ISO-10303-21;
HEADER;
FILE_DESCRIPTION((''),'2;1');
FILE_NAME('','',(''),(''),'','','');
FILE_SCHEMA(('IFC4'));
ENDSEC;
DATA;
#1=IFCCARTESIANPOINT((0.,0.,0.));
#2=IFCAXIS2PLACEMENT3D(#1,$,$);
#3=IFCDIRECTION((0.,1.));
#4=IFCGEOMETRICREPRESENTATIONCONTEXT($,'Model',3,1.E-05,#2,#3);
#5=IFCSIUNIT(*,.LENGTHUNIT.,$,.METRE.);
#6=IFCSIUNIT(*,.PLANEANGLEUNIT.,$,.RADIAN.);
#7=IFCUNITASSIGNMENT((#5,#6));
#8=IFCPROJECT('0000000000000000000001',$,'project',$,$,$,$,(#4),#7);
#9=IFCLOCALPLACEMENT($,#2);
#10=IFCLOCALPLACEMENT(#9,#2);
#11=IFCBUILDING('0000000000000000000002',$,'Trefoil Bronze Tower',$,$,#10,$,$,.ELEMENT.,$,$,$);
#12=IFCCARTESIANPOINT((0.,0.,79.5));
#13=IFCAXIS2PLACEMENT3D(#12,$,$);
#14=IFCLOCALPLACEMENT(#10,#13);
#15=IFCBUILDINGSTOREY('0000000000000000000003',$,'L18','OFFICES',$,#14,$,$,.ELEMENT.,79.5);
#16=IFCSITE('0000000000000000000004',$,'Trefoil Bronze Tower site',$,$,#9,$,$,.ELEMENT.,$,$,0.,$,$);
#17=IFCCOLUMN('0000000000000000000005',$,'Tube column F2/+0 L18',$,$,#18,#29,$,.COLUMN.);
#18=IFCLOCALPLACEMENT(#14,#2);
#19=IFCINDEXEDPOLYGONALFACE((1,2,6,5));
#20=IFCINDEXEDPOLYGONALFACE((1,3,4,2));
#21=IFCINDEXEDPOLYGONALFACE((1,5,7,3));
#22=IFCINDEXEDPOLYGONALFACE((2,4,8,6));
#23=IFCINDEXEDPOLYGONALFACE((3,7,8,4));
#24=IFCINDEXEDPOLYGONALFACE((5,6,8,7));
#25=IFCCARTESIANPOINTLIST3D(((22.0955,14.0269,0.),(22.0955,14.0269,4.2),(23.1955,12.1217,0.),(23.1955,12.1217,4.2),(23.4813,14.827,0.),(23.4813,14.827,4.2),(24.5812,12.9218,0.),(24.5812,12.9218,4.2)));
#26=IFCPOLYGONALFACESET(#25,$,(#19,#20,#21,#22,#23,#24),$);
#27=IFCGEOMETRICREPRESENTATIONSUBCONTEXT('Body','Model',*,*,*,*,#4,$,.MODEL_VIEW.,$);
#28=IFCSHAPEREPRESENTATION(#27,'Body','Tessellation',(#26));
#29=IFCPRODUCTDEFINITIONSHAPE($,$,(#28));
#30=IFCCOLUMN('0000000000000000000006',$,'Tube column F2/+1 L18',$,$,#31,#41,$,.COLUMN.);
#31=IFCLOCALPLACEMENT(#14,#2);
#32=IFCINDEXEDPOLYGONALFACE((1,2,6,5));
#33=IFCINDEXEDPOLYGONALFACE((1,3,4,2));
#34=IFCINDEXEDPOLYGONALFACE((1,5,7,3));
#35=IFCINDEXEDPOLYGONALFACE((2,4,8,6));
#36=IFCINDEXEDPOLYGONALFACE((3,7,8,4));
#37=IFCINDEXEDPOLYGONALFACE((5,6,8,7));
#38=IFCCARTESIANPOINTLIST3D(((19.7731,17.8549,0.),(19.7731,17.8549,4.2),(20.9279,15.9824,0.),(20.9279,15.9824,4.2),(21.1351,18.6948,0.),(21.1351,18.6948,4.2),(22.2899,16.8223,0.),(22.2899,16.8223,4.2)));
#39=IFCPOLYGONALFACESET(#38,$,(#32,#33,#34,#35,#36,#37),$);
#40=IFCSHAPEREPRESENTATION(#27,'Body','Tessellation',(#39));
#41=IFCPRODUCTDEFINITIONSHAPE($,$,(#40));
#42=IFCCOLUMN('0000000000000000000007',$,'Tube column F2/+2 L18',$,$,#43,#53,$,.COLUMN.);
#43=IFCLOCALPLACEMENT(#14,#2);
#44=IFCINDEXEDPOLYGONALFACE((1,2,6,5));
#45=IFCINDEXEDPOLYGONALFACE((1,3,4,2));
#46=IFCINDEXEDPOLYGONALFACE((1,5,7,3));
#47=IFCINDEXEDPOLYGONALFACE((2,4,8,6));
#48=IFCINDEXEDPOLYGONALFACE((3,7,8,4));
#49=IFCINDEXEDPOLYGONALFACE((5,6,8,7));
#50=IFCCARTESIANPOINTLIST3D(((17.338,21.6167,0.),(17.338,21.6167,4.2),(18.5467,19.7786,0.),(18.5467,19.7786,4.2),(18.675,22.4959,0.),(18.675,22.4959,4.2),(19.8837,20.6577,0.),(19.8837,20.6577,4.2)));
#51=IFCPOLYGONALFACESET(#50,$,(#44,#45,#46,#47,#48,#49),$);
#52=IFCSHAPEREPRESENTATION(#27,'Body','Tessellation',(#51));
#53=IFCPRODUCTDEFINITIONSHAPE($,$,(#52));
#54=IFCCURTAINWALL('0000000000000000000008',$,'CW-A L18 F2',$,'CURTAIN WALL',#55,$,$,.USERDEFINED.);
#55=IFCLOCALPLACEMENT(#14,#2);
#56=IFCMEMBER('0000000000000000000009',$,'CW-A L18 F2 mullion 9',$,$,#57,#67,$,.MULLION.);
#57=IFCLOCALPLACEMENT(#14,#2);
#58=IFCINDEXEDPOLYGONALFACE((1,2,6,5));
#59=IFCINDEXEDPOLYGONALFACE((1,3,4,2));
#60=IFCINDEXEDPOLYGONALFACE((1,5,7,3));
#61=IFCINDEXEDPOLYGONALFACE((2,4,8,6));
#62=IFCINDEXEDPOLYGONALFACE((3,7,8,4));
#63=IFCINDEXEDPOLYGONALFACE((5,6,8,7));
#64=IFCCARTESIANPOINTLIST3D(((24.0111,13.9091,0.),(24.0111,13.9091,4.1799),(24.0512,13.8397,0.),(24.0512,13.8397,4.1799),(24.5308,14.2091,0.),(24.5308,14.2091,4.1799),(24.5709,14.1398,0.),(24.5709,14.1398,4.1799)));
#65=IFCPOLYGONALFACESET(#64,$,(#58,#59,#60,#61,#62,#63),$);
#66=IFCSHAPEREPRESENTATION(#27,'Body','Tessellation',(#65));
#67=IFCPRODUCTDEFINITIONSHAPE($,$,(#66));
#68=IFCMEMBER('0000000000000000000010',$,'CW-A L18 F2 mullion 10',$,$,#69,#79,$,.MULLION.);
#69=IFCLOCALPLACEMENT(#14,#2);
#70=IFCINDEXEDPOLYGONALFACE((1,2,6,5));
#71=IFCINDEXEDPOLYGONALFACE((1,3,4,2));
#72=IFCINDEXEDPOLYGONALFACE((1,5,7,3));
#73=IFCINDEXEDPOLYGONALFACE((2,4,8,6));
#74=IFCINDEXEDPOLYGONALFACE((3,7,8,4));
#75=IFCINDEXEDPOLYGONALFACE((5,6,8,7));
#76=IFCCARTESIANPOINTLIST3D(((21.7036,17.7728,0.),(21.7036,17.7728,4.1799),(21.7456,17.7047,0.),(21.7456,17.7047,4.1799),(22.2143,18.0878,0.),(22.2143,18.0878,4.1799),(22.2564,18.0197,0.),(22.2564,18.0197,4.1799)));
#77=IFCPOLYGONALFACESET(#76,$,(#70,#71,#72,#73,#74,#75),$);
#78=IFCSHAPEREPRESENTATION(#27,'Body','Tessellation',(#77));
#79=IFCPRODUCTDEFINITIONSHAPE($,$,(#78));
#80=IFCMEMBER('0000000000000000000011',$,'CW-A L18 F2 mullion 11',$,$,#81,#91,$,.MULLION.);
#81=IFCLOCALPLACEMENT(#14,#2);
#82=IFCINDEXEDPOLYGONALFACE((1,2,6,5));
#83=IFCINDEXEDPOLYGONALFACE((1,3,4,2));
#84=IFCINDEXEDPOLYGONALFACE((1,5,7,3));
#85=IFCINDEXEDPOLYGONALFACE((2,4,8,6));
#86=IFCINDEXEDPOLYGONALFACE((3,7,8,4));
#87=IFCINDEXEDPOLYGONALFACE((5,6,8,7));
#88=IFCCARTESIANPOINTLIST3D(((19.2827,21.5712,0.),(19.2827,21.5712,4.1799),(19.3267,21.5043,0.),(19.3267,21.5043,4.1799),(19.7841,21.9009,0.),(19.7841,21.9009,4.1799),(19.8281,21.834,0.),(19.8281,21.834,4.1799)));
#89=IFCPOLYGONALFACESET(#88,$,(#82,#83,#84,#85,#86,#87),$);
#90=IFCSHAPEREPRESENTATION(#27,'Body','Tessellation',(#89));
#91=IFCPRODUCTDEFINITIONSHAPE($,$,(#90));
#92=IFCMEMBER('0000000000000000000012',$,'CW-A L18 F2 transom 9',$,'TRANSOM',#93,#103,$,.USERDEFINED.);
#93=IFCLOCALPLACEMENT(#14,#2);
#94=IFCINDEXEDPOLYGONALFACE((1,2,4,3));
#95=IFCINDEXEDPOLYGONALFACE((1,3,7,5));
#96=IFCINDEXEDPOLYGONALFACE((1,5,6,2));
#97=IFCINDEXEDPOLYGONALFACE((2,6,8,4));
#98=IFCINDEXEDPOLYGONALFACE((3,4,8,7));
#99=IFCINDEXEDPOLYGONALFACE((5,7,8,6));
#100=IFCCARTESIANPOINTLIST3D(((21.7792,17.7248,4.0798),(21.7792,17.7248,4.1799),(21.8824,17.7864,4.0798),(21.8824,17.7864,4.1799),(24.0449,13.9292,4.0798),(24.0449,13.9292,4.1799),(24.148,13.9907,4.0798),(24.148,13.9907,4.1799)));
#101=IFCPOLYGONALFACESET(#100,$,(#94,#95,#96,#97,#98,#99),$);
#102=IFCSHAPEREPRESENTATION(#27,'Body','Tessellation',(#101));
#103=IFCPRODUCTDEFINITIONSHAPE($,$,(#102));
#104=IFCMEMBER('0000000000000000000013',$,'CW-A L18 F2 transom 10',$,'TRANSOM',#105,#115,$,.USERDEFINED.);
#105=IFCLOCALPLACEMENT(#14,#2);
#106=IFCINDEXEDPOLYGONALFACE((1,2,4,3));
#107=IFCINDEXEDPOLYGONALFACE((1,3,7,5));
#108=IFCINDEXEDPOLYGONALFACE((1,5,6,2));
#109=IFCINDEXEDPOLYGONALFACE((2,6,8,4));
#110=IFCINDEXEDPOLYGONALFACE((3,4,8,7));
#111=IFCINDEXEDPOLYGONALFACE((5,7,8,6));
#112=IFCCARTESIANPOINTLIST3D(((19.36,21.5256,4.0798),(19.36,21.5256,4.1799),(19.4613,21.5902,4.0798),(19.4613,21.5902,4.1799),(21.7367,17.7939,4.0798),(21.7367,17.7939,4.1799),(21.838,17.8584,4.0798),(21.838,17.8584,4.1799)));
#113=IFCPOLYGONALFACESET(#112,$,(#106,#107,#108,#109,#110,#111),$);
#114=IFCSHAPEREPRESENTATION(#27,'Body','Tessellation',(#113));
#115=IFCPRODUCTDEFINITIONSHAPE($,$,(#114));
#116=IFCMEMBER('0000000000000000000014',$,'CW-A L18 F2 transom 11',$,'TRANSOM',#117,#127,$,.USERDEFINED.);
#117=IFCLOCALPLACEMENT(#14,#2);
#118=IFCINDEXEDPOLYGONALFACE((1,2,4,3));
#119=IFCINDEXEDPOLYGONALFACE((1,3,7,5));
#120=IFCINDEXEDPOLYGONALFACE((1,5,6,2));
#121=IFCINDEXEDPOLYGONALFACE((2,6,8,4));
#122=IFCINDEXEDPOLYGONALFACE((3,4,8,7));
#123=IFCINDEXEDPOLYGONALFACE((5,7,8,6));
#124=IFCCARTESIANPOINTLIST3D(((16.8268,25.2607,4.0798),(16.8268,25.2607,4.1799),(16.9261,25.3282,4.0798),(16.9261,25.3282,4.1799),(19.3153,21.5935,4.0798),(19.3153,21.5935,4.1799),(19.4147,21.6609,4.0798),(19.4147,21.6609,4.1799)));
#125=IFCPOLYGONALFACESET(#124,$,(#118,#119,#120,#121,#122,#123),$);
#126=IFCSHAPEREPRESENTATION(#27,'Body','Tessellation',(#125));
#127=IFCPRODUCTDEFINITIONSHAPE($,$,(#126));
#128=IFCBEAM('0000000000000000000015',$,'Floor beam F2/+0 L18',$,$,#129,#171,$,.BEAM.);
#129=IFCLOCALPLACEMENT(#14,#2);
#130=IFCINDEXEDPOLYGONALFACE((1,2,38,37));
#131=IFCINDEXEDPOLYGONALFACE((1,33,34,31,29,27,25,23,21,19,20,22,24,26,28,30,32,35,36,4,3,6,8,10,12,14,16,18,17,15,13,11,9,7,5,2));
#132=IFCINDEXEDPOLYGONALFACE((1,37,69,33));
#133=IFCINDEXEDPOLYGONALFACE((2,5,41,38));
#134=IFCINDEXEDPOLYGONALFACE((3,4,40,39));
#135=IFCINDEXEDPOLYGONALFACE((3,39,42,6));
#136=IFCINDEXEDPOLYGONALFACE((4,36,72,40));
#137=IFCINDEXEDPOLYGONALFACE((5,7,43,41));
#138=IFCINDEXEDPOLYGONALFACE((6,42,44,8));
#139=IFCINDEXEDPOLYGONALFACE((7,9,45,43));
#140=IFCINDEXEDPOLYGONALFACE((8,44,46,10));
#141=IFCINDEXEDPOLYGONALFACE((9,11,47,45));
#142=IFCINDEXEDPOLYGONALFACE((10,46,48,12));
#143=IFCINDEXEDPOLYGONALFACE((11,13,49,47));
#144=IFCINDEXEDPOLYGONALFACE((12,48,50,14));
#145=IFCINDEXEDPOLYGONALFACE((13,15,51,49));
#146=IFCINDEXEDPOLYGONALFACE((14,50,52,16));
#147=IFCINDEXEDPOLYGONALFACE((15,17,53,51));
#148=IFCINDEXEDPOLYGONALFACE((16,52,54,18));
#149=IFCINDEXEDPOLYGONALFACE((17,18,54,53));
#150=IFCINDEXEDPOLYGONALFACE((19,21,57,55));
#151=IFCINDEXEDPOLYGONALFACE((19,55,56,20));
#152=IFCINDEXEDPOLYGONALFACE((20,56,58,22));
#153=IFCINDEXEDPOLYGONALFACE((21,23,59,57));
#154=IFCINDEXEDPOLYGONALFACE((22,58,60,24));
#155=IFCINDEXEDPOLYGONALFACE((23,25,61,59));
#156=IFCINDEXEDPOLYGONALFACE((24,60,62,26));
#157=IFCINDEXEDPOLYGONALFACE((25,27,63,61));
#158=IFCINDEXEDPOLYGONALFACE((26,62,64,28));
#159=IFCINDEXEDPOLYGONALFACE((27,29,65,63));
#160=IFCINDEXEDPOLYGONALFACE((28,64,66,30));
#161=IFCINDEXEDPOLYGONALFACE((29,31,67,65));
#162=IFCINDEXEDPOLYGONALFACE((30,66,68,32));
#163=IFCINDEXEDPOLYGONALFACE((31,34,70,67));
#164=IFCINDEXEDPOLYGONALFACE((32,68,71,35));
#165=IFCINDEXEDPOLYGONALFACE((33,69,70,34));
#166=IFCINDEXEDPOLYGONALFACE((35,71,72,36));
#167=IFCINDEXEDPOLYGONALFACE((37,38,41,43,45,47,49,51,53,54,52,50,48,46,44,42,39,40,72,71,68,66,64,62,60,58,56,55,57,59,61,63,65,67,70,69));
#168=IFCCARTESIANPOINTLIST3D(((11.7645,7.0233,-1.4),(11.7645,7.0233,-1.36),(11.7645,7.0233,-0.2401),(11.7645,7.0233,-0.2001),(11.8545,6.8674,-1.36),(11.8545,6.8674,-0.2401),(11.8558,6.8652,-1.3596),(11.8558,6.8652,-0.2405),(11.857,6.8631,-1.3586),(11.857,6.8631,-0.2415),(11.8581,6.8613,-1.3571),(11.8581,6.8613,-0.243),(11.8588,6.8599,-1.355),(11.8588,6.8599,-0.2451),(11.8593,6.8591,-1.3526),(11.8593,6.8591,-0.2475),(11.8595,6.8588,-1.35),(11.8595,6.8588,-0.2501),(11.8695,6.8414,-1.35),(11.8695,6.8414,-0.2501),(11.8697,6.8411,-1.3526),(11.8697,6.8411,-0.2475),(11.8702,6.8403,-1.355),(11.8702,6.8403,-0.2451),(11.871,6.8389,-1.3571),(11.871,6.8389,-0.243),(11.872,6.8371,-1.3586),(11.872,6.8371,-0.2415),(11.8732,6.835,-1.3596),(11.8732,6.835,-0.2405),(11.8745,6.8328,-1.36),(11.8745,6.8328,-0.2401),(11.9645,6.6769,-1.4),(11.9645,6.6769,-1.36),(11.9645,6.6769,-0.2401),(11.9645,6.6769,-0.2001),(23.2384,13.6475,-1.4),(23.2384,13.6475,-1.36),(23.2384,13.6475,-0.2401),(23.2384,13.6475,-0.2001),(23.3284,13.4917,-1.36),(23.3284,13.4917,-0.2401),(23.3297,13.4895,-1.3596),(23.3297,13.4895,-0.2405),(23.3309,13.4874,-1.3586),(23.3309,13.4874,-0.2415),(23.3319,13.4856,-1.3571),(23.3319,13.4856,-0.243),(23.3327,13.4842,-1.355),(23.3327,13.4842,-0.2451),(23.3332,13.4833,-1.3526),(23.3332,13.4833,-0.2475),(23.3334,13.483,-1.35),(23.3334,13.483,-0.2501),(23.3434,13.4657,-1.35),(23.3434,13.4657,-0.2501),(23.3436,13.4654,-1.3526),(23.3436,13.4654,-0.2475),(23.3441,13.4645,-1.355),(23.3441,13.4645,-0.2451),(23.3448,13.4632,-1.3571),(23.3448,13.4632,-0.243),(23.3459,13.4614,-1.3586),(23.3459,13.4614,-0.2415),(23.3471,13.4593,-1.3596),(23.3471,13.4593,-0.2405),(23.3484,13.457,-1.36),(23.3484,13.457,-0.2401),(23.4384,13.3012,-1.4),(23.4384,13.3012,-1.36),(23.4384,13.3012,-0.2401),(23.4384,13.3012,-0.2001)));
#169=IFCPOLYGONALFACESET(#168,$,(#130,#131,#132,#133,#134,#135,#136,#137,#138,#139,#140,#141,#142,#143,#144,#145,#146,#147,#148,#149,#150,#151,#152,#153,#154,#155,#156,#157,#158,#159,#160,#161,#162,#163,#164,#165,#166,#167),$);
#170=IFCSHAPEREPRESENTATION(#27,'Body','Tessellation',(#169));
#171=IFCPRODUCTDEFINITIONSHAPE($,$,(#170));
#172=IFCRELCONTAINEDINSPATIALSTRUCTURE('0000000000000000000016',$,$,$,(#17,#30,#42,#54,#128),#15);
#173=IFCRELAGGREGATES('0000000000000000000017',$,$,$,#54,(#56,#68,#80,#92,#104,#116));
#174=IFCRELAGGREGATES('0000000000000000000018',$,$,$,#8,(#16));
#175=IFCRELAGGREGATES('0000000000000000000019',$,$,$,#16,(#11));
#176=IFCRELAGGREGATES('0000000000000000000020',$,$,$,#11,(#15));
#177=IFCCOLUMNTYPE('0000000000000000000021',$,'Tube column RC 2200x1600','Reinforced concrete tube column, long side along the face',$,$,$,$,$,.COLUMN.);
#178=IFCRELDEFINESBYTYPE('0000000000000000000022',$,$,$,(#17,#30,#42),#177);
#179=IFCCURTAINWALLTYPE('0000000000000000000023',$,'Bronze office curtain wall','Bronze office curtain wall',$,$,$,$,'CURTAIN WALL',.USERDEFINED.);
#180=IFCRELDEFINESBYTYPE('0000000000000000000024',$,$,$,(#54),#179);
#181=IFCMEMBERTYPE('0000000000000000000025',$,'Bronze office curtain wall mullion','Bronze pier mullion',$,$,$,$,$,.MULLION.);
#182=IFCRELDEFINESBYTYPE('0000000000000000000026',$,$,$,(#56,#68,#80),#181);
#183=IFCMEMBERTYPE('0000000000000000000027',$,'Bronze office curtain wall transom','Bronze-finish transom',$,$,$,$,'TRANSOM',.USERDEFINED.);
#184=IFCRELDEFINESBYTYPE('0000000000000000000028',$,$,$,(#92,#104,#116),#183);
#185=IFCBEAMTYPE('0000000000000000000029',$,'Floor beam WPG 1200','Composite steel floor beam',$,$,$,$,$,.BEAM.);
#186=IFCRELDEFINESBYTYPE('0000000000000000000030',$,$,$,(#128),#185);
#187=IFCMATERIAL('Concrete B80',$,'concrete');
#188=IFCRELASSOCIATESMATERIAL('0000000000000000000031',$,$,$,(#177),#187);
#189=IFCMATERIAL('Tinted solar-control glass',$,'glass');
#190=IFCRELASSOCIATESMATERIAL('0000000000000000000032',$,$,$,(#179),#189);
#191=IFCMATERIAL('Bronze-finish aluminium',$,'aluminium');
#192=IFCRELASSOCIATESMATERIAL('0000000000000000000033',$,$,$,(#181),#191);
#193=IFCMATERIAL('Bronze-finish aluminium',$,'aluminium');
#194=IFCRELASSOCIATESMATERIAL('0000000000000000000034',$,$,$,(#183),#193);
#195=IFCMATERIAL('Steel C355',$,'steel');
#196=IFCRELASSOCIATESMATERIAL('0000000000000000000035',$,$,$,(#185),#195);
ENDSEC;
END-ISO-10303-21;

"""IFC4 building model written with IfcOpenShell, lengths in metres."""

from ifc_helpers import new_model, si_unit, direction, frame, origin, origin_2d, place, context, subcontext, project, spatial, rectangle, i_section, extrude, material, material_profile, profile_set, type_object, element, aggregate, save


model = new_model("IFC4")

# Units and contexts
model_context = context("Model", 3, precision=1e-05, world=origin(), true_north=direction((0.0, 1.0)))
body_context = subcontext(model_context, "Body", "Model", "MODEL_VIEW")
ifc_project = project(units=[si_unit("LENGTHUNIT", "METRE"), si_unit("PLANEANGLEUNIT", "RADIAN")], contexts=[model_context])

# Site, building, storey
site_placement = place(None, origin())
site = spatial("IfcSite", under=ifc_project, at=site_placement, Name="Trefoil Bronze Tower site", CompositionType="ELEMENT", RefElevation=0.0)
building_placement = place(site_placement, origin())
building = spatial("IfcBuilding", under=site, at=building_placement, Name="Trefoil Bronze Tower", CompositionType="ELEMENT")
storey_placement = place(building_placement, frame((0.0, 0.0, 79.5)))
storey = spatial("IfcBuildingStorey", under=building, at=storey_placement, Name="L18", Description="OFFICES", CompositionType="ELEMENT", Elevation=79.5)

# Columns
ifc_material_1 = material(Name="Concrete B80", Category="concrete")
ifc_material_profile_1 = material_profile(ifc_material_1, rectangle(XDim=2.2, YDim=1.6001, at=origin_2d()), Name="RC 2200x1600")
ifc_profile_set_1 = profile_set([ifc_material_profile_1], Name="Concrete B80")
column_type = type_object("IfcColumnType", Name="Tube column RC 2200x1600", Description="Reinforced concrete tube column, long side along the face", PredefinedType="COLUMN", material=ifc_profile_set_1)
for number, where, z_axis, x_axis, name in (
    (1, (23.3384, 13.4744, 0.0), (0.0, 0.0, 1.0), (-0.5, 0.866025, 0.0), "Tube column F2/+0 L18"),
    (2, (21.0315, 17.3386, 0.0), (0.0, 0.0, 1.0), (-0.524923, 0.85115, 0.0), "Tube column F2/+1 L18"),
    (3, (18.6108, 21.1372, 0.0), (0.0, 0.0, 1.0), (-0.549424, 0.835544, 0.0), "Tube column F2/+2 L18"),
):
    element("IfcColumn", number, at=place(storey_placement, frame(where, z_axis=z_axis, x_axis=x_axis)), inside=storey, type_object=column_type, Name=name, PredefinedType="COLUMN", context=body_context, shape_type="SweptSolid", body=[
        extrude(rectangle(XDim=2.2, YDim=1.6001, at=origin_2d()), origin(), (0.0, 0.0, 1.0), 4.2),
    ])

# Curtain wall, members
ifc_material_2 = material(Name="Tinted solar-control glass", Category="glass")
curtain_wall_type = type_object("IfcCurtainWallType", Name="Bronze office curtain wall", Description="Bronze office curtain wall", ElementType="CURTAIN WALL", PredefinedType="USERDEFINED", material=ifc_material_2)
curtain_wall_placement = place(storey_placement, origin())
curtain_wall = element("IfcCurtainWall", 4, at=curtain_wall_placement, inside=storey, type_object=curtain_wall_type, Name="CW-A L18 F2", ObjectType="CURTAIN WALL", PredefinedType="USERDEFINED")
ifc_material_3 = material(Name="Bronze-finish aluminium", Category="aluminium")
ifc_material_profile_2 = material_profile(ifc_material_3, rectangle(XDim=0.6001, YDim=0.0801, at=origin_2d()), Name="CW-A mullion")
ifc_profile_set_2 = profile_set([ifc_material_profile_2], Name="Bronze-finish aluminium")
member_type_1 = type_object("IfcMemberType", Name="Bronze office curtain wall mullion", Description="Bronze pier mullion", PredefinedType="MULLION", material=ifc_profile_set_2)
member_1_placement = place(storey_placement, frame((24.291, 14.0244, 0.0), z_axis=(0.0, 0.0, 1.0), x_axis=(-0.866025, -0.5, 0.0)))
member_1 = element("IfcMember", 5, at=member_1_placement, type_object=member_type_1, Name="CW-A L18 F2 mullion 9", PredefinedType="MULLION", context=body_context, shape_type="SweptSolid", body=[
    extrude(rectangle(XDim=0.6001, YDim=0.0801, at=origin_2d()), origin(), (0.0, 0.0, 1.0), 4.1799),
])
member_2_placement = place(storey_placement, frame((21.98, 17.8962, 0.0), z_axis=(0.0, 0.0, 1.0), x_axis=(-0.85115, -0.524923, 0.0)))
member_2 = element("IfcMember", 6, at=member_2_placement, type_object=member_type_1, Name="CW-A L18 F2 mullion 10", PredefinedType="MULLION", context=body_context, shape_type="SweptSolid", body=[
    extrude(rectangle(XDim=0.6001, YDim=0.0801, at=origin_2d()), origin(), (0.0, 0.0, 1.0), 4.1799),
])
member_3_placement = place(storey_placement, frame((19.5554, 21.7026, 0.0), z_axis=(0.0, 0.0, 1.0), x_axis=(-0.835544, -0.549424, 0.0)))
member_3 = element("IfcMember", 7, at=member_3_placement, type_object=member_type_1, Name="CW-A L18 F2 mullion 11", PredefinedType="MULLION", context=body_context, shape_type="SweptSolid", body=[
    extrude(rectangle(XDim=0.6001, YDim=0.0801, at=origin_2d()), origin(), (0.0, 0.0, 1.0), 4.1799),
])
ifc_material_4 = material(Name="Bronze-finish aluminium", Category="aluminium")
ifc_material_profile_3 = material_profile(ifc_material_4, rectangle(XDim=0.1201, YDim=0.1001, at=origin_2d()), Name="CW-A transom")
ifc_profile_set_3 = profile_set([ifc_material_profile_3], Name="Bronze-finish aluminium")
member_type_2 = type_object("IfcMemberType", Name="Bronze office curtain wall transom", Description="Bronze-finish transom", ElementType="TRANSOM", PredefinedType="USERDEFINED", material=ifc_profile_set_3)
member_4_placement = place(storey_placement, frame((24.0964, 13.96, 4.1299), z_axis=(-0.512537, 0.858665, 0.0), x_axis=(-0.858665, -0.512537, 0.0)))
member_4 = element("IfcMember", 8, at=member_4_placement, type_object=member_type_2, Name="CW-A L18 F2 transom 9", ObjectType="TRANSOM", PredefinedType="USERDEFINED", context=body_context, shape_type="SweptSolid", body=[
    extrude(rectangle(XDim=0.1201, YDim=0.1001, at=origin_2d()), origin(), (0.0, 0.0, 1.0), 4.4204),
])
member_5_placement = place(storey_placement, frame((21.7874, 17.8262, 4.1299), z_axis=(-0.537197, 0.843457, 0.0), x_axis=(-0.843457, -0.537197, 0.0)))
member_5 = element("IfcMember", 9, at=member_5_placement, type_object=member_type_2, Name="CW-A L18 F2 transom 10", ObjectType="TRANSOM", PredefinedType="USERDEFINED", context=body_context, shape_type="SweptSolid", body=[
    extrude(rectangle(XDim=0.1201, YDim=0.1001, at=origin_2d()), origin(), (0.0, 0.0, 1.0), 4.4243),
])
member_6_placement = place(storey_placement, frame((19.365, 21.6272, 4.1299), z_axis=(-0.561508, 0.827471, 0.0), x_axis=(-0.827471, -0.561508, 0.0)))
member_6 = element("IfcMember", 10, at=member_6_placement, type_object=member_type_2, Name="CW-A L18 F2 transom 11", ObjectType="TRANSOM", PredefinedType="USERDEFINED", context=body_context, shape_type="SweptSolid", body=[
    extrude(rectangle(XDim=0.1201, YDim=0.1001, at=origin_2d()), origin(), (0.0, 0.0, 1.0), 4.4319),
])

# Beam
ifc_material_5 = material(Name="Steel C355", Category="steel")
ifc_material_profile_4 = material_profile(ifc_material_5, i_section(OverallWidth=0.3999, OverallDepth=1.2, WebThickness=0.02, FlangeThickness=0.04, FilletRadius=0.01, at=origin_2d()), Name="WPG 1200")
ifc_profile_set_4 = profile_set([ifc_material_profile_4], Name="Steel C355")
beam_type_1 = type_object("IfcBeamType", Name="Floor beam WPG 1200", Description="Composite steel floor beam", PredefinedType="BEAM", material=ifc_profile_set_4)
beam_1_placement = place(storey_placement, frame((23.3384, 13.4744, -0.8), z_axis=(-0.866031, -0.49999, 0.0), x_axis=(0.49999, -0.866031, 0.0)))
element("IfcBeam", 11, at=beam_1_placement, inside=storey, type_object=beam_type_1, Name="Floor beam F2/+0 L18", PredefinedType="BEAM", context=body_context, shape_type="SweptSolid", body=[
    extrude(i_section(OverallWidth=0.3999, OverallDepth=1.2, WebThickness=0.02, FlangeThickness=0.04, FilletRadius=0.01, at=origin_2d()), origin(), (0.0, 0.0, 1.0), 13.2488),
])

aggregate(curtain_wall, [member_1, member_2, member_3, member_4, member_5, member_6])

save(model, "model.ifc")
